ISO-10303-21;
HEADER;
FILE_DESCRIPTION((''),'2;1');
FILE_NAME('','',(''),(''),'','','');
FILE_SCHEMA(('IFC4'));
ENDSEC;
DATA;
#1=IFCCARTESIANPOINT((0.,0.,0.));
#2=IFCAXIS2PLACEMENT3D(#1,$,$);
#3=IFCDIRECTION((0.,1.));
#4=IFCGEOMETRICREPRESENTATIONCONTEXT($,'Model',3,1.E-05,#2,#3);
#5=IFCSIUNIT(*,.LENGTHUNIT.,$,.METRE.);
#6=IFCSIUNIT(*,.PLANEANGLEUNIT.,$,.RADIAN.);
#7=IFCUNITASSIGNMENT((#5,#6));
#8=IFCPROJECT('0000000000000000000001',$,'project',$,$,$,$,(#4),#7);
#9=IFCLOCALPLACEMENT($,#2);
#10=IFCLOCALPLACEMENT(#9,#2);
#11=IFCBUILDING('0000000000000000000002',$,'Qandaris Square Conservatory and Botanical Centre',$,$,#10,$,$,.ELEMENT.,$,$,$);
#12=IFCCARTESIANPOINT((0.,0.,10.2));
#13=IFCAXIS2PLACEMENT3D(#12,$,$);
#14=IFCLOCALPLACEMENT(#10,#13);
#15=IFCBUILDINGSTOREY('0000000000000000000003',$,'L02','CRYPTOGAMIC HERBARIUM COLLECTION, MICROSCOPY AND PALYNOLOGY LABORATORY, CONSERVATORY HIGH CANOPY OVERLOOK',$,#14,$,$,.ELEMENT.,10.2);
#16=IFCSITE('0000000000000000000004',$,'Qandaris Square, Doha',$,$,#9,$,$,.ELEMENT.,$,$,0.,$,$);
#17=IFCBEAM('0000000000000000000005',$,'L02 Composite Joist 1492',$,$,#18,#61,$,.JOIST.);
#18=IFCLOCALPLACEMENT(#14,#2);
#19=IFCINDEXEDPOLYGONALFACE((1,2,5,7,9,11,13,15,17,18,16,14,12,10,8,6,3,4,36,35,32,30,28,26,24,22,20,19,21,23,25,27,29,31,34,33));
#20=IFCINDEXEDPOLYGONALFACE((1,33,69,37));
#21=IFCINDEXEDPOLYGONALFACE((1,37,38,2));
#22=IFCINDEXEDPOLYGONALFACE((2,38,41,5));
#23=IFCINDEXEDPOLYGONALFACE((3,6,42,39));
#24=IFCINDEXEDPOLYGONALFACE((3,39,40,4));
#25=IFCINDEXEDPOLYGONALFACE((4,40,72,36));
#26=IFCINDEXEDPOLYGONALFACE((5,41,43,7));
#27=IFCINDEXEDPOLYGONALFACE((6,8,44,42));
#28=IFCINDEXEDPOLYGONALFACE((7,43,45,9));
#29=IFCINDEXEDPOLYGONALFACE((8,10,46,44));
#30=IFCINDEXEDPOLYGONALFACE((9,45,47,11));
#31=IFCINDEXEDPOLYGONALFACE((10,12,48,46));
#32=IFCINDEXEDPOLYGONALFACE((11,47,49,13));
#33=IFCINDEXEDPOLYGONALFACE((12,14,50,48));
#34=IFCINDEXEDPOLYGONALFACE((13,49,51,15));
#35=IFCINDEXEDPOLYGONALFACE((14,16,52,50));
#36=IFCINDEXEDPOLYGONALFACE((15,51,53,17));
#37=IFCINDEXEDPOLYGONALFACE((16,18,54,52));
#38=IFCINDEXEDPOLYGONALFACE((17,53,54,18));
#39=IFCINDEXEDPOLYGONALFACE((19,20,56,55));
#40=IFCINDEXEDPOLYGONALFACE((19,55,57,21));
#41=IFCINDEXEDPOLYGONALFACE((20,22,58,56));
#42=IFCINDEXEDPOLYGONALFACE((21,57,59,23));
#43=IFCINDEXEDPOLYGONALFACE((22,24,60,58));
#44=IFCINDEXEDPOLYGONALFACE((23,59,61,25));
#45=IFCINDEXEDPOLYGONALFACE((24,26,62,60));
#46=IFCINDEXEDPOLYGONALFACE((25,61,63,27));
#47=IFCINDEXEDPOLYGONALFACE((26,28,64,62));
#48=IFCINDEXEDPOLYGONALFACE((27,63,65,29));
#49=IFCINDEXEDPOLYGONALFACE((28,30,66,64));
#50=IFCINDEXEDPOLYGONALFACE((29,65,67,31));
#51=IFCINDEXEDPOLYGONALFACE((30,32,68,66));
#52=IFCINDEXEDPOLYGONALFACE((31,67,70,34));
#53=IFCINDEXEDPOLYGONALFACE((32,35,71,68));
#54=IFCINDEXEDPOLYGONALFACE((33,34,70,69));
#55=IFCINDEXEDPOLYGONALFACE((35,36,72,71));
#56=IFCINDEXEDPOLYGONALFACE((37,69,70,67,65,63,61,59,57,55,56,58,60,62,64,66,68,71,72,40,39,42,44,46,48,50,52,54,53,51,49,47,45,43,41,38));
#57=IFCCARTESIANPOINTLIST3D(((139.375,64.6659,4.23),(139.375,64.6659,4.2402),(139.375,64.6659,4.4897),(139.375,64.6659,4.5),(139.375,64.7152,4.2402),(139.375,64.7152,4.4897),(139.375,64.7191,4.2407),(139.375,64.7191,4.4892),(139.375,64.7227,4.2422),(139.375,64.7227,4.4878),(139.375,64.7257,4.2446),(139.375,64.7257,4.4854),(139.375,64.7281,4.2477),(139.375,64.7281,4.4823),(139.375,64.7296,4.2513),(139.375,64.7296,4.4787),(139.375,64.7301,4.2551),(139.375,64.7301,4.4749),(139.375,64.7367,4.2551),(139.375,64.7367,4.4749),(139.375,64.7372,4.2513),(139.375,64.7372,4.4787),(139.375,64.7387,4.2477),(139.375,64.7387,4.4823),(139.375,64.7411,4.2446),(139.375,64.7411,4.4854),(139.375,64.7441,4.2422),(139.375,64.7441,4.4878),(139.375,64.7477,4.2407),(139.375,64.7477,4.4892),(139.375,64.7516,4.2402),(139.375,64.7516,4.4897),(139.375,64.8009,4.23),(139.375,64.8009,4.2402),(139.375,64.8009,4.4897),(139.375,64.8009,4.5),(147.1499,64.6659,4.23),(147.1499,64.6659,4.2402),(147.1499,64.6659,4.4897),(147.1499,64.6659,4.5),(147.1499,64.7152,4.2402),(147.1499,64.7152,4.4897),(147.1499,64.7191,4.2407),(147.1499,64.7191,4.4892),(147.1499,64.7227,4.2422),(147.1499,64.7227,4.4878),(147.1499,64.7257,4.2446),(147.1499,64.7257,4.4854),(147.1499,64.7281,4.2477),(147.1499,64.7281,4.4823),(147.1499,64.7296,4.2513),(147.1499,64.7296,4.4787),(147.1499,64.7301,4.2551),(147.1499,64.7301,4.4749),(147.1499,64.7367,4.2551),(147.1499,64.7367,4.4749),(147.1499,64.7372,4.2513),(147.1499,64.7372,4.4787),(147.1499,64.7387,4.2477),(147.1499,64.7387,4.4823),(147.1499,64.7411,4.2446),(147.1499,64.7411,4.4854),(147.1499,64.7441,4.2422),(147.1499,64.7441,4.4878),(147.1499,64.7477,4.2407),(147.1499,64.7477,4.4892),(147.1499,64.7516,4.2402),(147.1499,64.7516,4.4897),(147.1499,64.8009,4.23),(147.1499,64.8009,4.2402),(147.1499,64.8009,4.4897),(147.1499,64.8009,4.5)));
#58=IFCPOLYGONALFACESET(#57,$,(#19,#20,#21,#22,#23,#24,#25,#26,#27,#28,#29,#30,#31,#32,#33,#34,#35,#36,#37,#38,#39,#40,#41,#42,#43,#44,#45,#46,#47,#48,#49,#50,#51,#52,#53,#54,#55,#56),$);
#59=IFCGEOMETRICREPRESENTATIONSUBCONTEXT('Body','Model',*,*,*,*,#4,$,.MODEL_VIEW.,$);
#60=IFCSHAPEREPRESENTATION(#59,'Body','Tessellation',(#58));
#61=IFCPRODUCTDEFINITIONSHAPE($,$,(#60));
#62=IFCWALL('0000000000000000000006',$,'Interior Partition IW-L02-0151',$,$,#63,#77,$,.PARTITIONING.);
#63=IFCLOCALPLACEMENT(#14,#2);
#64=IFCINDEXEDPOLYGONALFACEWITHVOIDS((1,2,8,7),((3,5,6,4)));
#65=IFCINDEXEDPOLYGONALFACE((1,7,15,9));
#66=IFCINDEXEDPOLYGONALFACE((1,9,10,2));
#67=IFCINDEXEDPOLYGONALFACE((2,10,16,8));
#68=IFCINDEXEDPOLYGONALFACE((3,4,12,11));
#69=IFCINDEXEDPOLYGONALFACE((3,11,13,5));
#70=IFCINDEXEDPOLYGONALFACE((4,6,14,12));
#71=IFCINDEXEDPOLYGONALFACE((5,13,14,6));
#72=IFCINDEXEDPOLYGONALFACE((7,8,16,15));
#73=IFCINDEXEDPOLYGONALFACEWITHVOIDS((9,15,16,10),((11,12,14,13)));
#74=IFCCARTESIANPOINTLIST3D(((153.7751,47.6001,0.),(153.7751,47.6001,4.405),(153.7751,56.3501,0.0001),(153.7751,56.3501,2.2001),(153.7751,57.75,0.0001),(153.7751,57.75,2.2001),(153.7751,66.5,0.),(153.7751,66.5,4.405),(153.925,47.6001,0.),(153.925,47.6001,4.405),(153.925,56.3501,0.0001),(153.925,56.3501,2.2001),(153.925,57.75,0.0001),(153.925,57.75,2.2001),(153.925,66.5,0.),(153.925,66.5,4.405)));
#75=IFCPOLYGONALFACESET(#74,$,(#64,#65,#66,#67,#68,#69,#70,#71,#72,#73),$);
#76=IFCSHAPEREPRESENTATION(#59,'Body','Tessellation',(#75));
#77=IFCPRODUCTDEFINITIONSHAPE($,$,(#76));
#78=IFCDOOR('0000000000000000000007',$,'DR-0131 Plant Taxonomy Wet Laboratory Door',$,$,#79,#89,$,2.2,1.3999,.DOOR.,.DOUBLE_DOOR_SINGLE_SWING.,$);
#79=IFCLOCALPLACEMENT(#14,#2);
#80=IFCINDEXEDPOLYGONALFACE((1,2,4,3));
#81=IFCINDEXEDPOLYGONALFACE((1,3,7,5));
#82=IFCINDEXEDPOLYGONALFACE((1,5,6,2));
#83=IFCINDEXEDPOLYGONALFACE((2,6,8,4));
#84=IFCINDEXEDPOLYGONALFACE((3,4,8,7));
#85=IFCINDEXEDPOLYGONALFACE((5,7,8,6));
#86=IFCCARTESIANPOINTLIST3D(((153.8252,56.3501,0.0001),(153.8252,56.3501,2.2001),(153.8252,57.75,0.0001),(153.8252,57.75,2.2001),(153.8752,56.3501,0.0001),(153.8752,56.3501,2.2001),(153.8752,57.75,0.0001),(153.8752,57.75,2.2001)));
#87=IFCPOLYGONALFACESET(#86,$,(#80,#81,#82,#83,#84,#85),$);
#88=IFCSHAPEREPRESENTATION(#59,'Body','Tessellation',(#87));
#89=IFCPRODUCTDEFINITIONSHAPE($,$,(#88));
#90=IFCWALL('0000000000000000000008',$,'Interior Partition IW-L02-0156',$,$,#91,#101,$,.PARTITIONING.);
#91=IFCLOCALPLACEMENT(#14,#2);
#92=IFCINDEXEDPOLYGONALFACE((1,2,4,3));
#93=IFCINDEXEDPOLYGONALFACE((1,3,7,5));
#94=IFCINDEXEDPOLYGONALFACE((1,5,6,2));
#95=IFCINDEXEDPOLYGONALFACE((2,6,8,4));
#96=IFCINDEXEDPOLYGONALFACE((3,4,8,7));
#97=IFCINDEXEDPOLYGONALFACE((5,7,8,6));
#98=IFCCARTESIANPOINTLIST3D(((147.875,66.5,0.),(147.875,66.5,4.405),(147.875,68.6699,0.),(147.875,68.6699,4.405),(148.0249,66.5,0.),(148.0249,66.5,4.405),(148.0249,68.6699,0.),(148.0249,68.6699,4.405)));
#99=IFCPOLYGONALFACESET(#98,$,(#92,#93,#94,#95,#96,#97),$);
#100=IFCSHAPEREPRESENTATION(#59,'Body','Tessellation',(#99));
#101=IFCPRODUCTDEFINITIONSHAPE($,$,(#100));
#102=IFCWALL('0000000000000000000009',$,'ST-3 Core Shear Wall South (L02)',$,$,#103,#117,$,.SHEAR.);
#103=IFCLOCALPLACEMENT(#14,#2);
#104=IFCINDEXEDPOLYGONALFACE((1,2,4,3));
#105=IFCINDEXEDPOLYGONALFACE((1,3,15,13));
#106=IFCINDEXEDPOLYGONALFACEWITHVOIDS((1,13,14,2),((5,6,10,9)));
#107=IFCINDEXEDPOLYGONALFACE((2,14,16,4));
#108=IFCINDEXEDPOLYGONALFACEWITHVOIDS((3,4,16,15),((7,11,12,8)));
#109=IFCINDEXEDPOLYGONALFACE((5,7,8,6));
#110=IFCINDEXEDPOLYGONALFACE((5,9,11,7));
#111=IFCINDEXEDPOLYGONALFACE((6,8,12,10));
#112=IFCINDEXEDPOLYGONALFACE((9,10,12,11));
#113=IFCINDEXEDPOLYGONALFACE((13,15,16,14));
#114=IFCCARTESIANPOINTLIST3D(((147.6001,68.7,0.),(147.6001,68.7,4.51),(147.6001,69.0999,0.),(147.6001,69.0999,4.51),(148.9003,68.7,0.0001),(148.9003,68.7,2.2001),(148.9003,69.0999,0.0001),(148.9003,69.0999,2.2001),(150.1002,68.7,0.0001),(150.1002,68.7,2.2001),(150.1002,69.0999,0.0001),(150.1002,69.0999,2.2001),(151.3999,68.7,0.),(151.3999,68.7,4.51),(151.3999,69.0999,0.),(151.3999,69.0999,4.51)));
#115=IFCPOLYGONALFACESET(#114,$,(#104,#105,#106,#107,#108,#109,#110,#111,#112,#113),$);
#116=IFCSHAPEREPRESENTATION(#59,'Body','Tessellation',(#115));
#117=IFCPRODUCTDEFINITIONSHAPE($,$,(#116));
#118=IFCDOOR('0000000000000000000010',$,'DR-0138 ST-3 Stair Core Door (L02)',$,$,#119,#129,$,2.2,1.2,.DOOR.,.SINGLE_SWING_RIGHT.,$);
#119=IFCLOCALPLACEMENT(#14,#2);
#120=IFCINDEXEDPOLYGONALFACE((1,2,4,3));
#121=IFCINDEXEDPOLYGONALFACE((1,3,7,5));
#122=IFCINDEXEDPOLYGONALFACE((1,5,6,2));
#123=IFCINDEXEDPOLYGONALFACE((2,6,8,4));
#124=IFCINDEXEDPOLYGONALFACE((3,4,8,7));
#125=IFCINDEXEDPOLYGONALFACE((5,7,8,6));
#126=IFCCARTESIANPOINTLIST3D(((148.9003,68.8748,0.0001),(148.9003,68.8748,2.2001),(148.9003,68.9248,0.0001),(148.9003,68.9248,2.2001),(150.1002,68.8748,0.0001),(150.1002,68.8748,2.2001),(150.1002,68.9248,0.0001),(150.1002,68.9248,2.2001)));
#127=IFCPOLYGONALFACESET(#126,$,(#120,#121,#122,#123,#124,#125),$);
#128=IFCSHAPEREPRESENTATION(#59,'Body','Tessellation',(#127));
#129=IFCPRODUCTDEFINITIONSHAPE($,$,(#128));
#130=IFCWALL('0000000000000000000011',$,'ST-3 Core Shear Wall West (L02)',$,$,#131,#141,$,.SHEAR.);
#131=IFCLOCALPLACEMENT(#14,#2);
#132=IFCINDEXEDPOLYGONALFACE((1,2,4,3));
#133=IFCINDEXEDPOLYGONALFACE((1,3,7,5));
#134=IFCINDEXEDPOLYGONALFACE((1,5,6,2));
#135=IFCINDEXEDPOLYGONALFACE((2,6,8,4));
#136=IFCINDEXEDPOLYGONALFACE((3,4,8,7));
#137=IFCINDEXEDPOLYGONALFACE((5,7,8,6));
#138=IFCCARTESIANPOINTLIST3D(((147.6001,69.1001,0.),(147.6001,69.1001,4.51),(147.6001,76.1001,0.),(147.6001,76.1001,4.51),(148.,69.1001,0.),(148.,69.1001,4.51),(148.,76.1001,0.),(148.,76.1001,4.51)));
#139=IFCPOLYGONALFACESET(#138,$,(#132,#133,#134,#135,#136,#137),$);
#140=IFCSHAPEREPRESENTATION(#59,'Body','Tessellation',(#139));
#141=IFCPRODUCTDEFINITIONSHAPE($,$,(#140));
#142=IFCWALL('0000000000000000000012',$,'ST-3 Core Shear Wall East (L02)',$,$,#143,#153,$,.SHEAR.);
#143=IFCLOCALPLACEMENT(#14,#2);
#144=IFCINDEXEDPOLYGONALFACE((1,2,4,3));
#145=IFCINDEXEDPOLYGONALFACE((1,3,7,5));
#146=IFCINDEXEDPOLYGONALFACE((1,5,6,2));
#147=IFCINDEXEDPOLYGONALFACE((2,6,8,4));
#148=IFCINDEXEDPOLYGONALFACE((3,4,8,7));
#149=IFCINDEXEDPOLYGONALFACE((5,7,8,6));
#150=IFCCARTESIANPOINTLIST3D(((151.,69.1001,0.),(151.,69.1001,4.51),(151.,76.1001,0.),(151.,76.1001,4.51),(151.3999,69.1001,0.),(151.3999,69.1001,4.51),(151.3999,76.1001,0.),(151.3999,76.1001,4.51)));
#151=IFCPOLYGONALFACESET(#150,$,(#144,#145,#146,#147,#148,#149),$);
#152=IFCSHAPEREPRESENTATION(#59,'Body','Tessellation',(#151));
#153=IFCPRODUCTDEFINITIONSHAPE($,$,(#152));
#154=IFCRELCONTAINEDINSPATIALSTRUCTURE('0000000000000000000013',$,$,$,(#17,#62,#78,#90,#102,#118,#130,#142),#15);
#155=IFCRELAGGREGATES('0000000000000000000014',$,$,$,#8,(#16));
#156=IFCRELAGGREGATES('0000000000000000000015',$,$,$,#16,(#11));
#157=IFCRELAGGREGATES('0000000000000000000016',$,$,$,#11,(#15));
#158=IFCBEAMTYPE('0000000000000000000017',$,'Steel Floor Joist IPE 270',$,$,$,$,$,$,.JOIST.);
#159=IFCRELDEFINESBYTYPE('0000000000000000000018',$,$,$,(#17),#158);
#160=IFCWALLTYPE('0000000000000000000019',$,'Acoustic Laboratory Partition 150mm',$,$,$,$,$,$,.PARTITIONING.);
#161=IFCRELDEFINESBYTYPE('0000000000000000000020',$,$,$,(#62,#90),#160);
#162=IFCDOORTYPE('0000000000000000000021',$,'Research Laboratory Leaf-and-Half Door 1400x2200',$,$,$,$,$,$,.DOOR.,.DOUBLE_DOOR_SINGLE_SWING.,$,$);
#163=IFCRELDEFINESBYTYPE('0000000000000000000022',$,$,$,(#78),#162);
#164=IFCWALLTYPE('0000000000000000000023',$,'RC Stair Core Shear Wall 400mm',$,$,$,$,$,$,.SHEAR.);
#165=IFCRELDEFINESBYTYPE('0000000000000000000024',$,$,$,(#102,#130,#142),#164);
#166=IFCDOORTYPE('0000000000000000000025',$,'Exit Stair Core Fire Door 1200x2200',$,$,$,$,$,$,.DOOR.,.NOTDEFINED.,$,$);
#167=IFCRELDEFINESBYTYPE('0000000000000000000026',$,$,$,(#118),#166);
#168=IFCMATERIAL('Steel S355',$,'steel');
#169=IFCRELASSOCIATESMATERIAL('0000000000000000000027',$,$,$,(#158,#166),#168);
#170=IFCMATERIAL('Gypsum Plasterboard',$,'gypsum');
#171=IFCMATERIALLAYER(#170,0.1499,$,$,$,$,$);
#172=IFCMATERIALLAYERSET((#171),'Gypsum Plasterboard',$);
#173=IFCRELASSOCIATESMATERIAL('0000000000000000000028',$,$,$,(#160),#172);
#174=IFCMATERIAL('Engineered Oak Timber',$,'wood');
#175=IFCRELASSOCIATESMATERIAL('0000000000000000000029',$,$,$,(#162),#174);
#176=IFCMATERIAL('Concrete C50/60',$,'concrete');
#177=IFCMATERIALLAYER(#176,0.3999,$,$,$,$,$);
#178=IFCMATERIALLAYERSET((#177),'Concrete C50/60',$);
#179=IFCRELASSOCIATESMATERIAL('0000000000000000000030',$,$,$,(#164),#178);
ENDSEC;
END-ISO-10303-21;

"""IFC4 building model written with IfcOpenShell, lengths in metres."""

from ifc_helpers import new_model, si_unit, direction, frame, frame_2d, origin, origin_2d, place, context, subcontext, project, spatial, rectangle, i_section, extrude, material, layer, layer_set, material_profile, profile_set, type_object, element, fill, save


model = new_model("IFC4")

# Units and contexts
model_context = context("Model", 3, precision=1e-05, world=origin(), true_north=direction((0.0, 1.0)))
body_context = subcontext(model_context, "Body", "Model", "MODEL_VIEW")
ifc_project = project(units=[si_unit("LENGTHUNIT", "METRE"), si_unit("PLANEANGLEUNIT", "RADIAN")], contexts=[model_context])

# Site, building, storey
site_placement = place(None, origin())
site = spatial("IfcSite", under=ifc_project, at=site_placement, Name="Qandaris Square, Doha", CompositionType="ELEMENT", RefElevation=0.0)
building_placement = place(site_placement, origin())
building = spatial("IfcBuilding", under=site, at=building_placement, Name="Qandaris Square Conservatory and Botanical Centre", CompositionType="ELEMENT")
storey_placement = place(building_placement, frame((0.0, 0.0, 10.2)))
storey = spatial("IfcBuildingStorey", under=building, at=storey_placement, Name="L02", Description="CRYPTOGAMIC HERBARIUM COLLECTION, MICROSCOPY AND PALYNOLOGY LABORATORY, CONSERVATORY HIGH CANOPY OVERLOOK", CompositionType="ELEMENT", Elevation=10.2)

# Shared definitions
ifc_material_1 = material(Name="Concrete C50/60", Category="concrete")

# Beam
ifc_material_2 = material(Name="Steel S355", Category="steel")
ifc_material_profile_1 = material_profile(ifc_material_2, i_section(OverallWidth=0.135, OverallDepth=0.27, WebThickness=0.0066, FlangeThickness=0.0103, FilletRadius=0.0149, at=origin_2d()), Name="IPE 270")
ifc_profile_set_1 = profile_set([ifc_material_profile_1], Name="Steel S355")
beam_type_1 = type_object("IfcBeamType", Name="Steel Floor Joist IPE 270", PredefinedType="JOIST", material=ifc_profile_set_1)
beam_1_placement = place(storey_placement, frame((139.375, 64.7334, 4.365), z_axis=(1.0, 0.0, 0.0), x_axis=(0.0, 1.0, 0.0)))
element("IfcBeam", 1, at=beam_1_placement, inside=storey, type_object=beam_type_1, Name="L02 Composite Joist 1492", PredefinedType="JOIST", context=body_context, shape_type="SweptSolid", body=[
    extrude(i_section(OverallWidth=0.135, OverallDepth=0.27, WebThickness=0.0066, FlangeThickness=0.0103, FilletRadius=0.0149, at=origin_2d()), origin(), (0.0, 0.0, 1.0), 7.7749),
])

# Wall, opening, door
ifc_material_3 = material(Name="Gypsum Plasterboard", Category="gypsum")
ifc_layer_1 = layer(ifc_material_3, 0.1499)
ifc_layer_set_1 = layer_set([ifc_layer_1], Name="Gypsum Plasterboard")
wall_type_1 = type_object("IfcWallType", Name="Acoustic Laboratory Partition 150mm", PredefinedType="PARTITIONING", material=ifc_layer_set_1)
wall_1_placement = place(storey_placement, frame((153.8501, 66.5, 0.0), z_axis=(0.0, 0.0, 1.0), x_axis=(0.0, -1.0, 0.0)))
wall_1 = element("IfcWall", 2, at=wall_1_placement, inside=storey, type_object=wall_type_1, Name="Interior Partition IW-L02-0151", PredefinedType="PARTITIONING", context=body_context, shape_type="SweptSolid", body=[
    extrude(rectangle(XDim=18.8999, YDim=0.1499, at=frame_2d((9.45, 0.0))), origin(), (0.0, 0.0, 1.0), 4.405),
])
opening_1_placement = place(wall_1_placement, frame((8.75, 0.0, 0.0)))
opening_1 = element("IfcOpeningElement", 3, at=opening_1_placement, cuts=wall_1, PredefinedType="OPENING", context=body_context, shape_type="SweptSolid", body=[
    extrude(rectangle(XDim=1.3999, YDim=2.2, at=frame_2d((0.7, 1.1001))), frame((0.0, 0.0869, 0.0), z_axis=(0.0, -1.0, 0.0), x_axis=(1.0, 0.0, 0.0)), (0.0, 0.0, 1.0), 0.1738),
])
ifc_material_4 = material(Name="Engineered Oak Timber", Category="wood")
door_type_1 = type_object("IfcDoorType", Name="Research Laboratory Leaf-and-Half Door 1400x2200", OperationType="DOUBLE_DOOR_SINGLE_SWING", PredefinedType="DOOR", material=ifc_material_4)
door_1_placement = place(opening_1_placement, frame((1.3999, 0.0, 0.0), z_axis=(0.0, 0.0, 1.0), x_axis=(-1.0, 0.0, 0.0)))
door_1 = element("IfcDoor", 4, at=door_1_placement, inside=storey, type_object=door_type_1, Name="DR-0131 Plant Taxonomy Wet Laboratory Door", OperationType="DOUBLE_DOOR_SINGLE_SWING", OverallHeight=2.2, OverallWidth=1.3999, PredefinedType="DOOR", context=body_context, shape_type="SweptSolid", body=[
    extrude(rectangle(XDim=1.3999, YDim=2.2, at=frame_2d((0.7, 1.1001))), frame((0.0, 0.0249, 0.0), z_axis=(0.0, -1.0, 0.0), x_axis=(1.0, 0.0, 0.0)), (0.0, 0.0, 1.0), 0.05),
])
fill(opening_1, door_1)

# Wall
wall_2_placement = place(storey_placement, frame((147.95, 66.5, 0.0), z_axis=(0.0, 0.0, 1.0), x_axis=(0.0, 1.0, 0.0)))
element("IfcWall", 5, at=wall_2_placement, inside=storey, type_object=wall_type_1, Name="Interior Partition IW-L02-0156", PredefinedType="PARTITIONING", context=body_context, shape_type="SweptSolid", body=[
    extrude(rectangle(XDim=2.1699, YDim=0.1499, at=frame_2d((1.085, 0.0))), origin(), (0.0, 0.0, 1.0), 4.405),
])

# Wall, opening, door
ifc_layer_2 = layer(ifc_material_1, 0.3999)
ifc_layer_set_2 = layer_set([ifc_layer_2], Name="Concrete C50/60")
wall_type_2 = type_object("IfcWallType", Name="RC Stair Core Shear Wall 400mm", PredefinedType="SHEAR", material=ifc_layer_set_2)
wall_3_placement = place(storey_placement, frame((147.6001, 68.8999, 0.0), z_axis=(0.0, 0.0, 1.0), x_axis=(1.0, 0.0, 0.0)))
wall_3 = element("IfcWall", 6, at=wall_3_placement, inside=storey, type_object=wall_type_2, Name="ST-3 Core Shear Wall South (L02)", PredefinedType="SHEAR", context=body_context, shape_type="SweptSolid", body=[
    extrude(rectangle(XDim=3.7998, YDim=0.3999, at=frame_2d((1.8999, 0.0))), origin(), (0.0, 0.0, 1.0), 4.51),
])
opening_2_placement = place(wall_3_placement, frame((1.3, 0.0, 0.0)))
opening_2 = element("IfcOpeningElement", 7, at=opening_2_placement, cuts=wall_3, PredefinedType="OPENING", context=body_context, shape_type="SweptSolid", body=[
    extrude(rectangle(XDim=1.2, YDim=2.2, at=frame_2d((0.6001, 1.1001))), frame((0.0, 0.2119, 0.0), z_axis=(0.0, -1.0, 0.0), x_axis=(1.0, 0.0, 0.0)), (0.0, 0.0, 1.0), 0.4238),
])
door_type_2 = type_object("IfcDoorType", Name="Exit Stair Core Fire Door 1200x2200", OperationType="NOTDEFINED", PredefinedType="DOOR", material=ifc_material_2)
door_2_placement = place(opening_2_placement, origin())
door_2 = element("IfcDoor", 8, at=door_2_placement, inside=storey, type_object=door_type_2, Name="DR-0138 ST-3 Stair Core Door (L02)", OperationType="SINGLE_SWING_RIGHT", OverallHeight=2.2, OverallWidth=1.2, PredefinedType="DOOR", context=body_context, shape_type="SweptSolid", body=[
    extrude(rectangle(XDim=1.2, YDim=2.2, at=frame_2d((0.6001, 1.1001))), frame((0.0, 0.0249, 0.0), z_axis=(0.0, -1.0, 0.0), x_axis=(1.0, 0.0, 0.0)), (0.0, 0.0, 1.0), 0.05),
])
fill(opening_2, door_2)

# Walls
for number, where, z_axis, x_axis, name in (
    (9, (147.8, 69.1001, 0.0), (0.0, 0.0, 1.0), (0.0, 1.0, 0.0), "ST-3 Core Shear Wall West (L02)"),
    (10, (151.2, 69.1001, 0.0), (0.0, 0.0, 1.0), (0.0, 1.0, 0.0), "ST-3 Core Shear Wall East (L02)"),
):
    element("IfcWall", number, at=place(storey_placement, frame(where, z_axis=z_axis, x_axis=x_axis)), inside=storey, type_object=wall_type_2, Name=name, PredefinedType="SHEAR", context=body_context, shape_type="SweptSolid", body=[
        extrude(rectangle(XDim=7.0, YDim=0.3999, at=frame_2d((3.5, 0.0))), origin(), (0.0, 0.0, 1.0), 4.51),
    ])

save(model, "model.ifc")
